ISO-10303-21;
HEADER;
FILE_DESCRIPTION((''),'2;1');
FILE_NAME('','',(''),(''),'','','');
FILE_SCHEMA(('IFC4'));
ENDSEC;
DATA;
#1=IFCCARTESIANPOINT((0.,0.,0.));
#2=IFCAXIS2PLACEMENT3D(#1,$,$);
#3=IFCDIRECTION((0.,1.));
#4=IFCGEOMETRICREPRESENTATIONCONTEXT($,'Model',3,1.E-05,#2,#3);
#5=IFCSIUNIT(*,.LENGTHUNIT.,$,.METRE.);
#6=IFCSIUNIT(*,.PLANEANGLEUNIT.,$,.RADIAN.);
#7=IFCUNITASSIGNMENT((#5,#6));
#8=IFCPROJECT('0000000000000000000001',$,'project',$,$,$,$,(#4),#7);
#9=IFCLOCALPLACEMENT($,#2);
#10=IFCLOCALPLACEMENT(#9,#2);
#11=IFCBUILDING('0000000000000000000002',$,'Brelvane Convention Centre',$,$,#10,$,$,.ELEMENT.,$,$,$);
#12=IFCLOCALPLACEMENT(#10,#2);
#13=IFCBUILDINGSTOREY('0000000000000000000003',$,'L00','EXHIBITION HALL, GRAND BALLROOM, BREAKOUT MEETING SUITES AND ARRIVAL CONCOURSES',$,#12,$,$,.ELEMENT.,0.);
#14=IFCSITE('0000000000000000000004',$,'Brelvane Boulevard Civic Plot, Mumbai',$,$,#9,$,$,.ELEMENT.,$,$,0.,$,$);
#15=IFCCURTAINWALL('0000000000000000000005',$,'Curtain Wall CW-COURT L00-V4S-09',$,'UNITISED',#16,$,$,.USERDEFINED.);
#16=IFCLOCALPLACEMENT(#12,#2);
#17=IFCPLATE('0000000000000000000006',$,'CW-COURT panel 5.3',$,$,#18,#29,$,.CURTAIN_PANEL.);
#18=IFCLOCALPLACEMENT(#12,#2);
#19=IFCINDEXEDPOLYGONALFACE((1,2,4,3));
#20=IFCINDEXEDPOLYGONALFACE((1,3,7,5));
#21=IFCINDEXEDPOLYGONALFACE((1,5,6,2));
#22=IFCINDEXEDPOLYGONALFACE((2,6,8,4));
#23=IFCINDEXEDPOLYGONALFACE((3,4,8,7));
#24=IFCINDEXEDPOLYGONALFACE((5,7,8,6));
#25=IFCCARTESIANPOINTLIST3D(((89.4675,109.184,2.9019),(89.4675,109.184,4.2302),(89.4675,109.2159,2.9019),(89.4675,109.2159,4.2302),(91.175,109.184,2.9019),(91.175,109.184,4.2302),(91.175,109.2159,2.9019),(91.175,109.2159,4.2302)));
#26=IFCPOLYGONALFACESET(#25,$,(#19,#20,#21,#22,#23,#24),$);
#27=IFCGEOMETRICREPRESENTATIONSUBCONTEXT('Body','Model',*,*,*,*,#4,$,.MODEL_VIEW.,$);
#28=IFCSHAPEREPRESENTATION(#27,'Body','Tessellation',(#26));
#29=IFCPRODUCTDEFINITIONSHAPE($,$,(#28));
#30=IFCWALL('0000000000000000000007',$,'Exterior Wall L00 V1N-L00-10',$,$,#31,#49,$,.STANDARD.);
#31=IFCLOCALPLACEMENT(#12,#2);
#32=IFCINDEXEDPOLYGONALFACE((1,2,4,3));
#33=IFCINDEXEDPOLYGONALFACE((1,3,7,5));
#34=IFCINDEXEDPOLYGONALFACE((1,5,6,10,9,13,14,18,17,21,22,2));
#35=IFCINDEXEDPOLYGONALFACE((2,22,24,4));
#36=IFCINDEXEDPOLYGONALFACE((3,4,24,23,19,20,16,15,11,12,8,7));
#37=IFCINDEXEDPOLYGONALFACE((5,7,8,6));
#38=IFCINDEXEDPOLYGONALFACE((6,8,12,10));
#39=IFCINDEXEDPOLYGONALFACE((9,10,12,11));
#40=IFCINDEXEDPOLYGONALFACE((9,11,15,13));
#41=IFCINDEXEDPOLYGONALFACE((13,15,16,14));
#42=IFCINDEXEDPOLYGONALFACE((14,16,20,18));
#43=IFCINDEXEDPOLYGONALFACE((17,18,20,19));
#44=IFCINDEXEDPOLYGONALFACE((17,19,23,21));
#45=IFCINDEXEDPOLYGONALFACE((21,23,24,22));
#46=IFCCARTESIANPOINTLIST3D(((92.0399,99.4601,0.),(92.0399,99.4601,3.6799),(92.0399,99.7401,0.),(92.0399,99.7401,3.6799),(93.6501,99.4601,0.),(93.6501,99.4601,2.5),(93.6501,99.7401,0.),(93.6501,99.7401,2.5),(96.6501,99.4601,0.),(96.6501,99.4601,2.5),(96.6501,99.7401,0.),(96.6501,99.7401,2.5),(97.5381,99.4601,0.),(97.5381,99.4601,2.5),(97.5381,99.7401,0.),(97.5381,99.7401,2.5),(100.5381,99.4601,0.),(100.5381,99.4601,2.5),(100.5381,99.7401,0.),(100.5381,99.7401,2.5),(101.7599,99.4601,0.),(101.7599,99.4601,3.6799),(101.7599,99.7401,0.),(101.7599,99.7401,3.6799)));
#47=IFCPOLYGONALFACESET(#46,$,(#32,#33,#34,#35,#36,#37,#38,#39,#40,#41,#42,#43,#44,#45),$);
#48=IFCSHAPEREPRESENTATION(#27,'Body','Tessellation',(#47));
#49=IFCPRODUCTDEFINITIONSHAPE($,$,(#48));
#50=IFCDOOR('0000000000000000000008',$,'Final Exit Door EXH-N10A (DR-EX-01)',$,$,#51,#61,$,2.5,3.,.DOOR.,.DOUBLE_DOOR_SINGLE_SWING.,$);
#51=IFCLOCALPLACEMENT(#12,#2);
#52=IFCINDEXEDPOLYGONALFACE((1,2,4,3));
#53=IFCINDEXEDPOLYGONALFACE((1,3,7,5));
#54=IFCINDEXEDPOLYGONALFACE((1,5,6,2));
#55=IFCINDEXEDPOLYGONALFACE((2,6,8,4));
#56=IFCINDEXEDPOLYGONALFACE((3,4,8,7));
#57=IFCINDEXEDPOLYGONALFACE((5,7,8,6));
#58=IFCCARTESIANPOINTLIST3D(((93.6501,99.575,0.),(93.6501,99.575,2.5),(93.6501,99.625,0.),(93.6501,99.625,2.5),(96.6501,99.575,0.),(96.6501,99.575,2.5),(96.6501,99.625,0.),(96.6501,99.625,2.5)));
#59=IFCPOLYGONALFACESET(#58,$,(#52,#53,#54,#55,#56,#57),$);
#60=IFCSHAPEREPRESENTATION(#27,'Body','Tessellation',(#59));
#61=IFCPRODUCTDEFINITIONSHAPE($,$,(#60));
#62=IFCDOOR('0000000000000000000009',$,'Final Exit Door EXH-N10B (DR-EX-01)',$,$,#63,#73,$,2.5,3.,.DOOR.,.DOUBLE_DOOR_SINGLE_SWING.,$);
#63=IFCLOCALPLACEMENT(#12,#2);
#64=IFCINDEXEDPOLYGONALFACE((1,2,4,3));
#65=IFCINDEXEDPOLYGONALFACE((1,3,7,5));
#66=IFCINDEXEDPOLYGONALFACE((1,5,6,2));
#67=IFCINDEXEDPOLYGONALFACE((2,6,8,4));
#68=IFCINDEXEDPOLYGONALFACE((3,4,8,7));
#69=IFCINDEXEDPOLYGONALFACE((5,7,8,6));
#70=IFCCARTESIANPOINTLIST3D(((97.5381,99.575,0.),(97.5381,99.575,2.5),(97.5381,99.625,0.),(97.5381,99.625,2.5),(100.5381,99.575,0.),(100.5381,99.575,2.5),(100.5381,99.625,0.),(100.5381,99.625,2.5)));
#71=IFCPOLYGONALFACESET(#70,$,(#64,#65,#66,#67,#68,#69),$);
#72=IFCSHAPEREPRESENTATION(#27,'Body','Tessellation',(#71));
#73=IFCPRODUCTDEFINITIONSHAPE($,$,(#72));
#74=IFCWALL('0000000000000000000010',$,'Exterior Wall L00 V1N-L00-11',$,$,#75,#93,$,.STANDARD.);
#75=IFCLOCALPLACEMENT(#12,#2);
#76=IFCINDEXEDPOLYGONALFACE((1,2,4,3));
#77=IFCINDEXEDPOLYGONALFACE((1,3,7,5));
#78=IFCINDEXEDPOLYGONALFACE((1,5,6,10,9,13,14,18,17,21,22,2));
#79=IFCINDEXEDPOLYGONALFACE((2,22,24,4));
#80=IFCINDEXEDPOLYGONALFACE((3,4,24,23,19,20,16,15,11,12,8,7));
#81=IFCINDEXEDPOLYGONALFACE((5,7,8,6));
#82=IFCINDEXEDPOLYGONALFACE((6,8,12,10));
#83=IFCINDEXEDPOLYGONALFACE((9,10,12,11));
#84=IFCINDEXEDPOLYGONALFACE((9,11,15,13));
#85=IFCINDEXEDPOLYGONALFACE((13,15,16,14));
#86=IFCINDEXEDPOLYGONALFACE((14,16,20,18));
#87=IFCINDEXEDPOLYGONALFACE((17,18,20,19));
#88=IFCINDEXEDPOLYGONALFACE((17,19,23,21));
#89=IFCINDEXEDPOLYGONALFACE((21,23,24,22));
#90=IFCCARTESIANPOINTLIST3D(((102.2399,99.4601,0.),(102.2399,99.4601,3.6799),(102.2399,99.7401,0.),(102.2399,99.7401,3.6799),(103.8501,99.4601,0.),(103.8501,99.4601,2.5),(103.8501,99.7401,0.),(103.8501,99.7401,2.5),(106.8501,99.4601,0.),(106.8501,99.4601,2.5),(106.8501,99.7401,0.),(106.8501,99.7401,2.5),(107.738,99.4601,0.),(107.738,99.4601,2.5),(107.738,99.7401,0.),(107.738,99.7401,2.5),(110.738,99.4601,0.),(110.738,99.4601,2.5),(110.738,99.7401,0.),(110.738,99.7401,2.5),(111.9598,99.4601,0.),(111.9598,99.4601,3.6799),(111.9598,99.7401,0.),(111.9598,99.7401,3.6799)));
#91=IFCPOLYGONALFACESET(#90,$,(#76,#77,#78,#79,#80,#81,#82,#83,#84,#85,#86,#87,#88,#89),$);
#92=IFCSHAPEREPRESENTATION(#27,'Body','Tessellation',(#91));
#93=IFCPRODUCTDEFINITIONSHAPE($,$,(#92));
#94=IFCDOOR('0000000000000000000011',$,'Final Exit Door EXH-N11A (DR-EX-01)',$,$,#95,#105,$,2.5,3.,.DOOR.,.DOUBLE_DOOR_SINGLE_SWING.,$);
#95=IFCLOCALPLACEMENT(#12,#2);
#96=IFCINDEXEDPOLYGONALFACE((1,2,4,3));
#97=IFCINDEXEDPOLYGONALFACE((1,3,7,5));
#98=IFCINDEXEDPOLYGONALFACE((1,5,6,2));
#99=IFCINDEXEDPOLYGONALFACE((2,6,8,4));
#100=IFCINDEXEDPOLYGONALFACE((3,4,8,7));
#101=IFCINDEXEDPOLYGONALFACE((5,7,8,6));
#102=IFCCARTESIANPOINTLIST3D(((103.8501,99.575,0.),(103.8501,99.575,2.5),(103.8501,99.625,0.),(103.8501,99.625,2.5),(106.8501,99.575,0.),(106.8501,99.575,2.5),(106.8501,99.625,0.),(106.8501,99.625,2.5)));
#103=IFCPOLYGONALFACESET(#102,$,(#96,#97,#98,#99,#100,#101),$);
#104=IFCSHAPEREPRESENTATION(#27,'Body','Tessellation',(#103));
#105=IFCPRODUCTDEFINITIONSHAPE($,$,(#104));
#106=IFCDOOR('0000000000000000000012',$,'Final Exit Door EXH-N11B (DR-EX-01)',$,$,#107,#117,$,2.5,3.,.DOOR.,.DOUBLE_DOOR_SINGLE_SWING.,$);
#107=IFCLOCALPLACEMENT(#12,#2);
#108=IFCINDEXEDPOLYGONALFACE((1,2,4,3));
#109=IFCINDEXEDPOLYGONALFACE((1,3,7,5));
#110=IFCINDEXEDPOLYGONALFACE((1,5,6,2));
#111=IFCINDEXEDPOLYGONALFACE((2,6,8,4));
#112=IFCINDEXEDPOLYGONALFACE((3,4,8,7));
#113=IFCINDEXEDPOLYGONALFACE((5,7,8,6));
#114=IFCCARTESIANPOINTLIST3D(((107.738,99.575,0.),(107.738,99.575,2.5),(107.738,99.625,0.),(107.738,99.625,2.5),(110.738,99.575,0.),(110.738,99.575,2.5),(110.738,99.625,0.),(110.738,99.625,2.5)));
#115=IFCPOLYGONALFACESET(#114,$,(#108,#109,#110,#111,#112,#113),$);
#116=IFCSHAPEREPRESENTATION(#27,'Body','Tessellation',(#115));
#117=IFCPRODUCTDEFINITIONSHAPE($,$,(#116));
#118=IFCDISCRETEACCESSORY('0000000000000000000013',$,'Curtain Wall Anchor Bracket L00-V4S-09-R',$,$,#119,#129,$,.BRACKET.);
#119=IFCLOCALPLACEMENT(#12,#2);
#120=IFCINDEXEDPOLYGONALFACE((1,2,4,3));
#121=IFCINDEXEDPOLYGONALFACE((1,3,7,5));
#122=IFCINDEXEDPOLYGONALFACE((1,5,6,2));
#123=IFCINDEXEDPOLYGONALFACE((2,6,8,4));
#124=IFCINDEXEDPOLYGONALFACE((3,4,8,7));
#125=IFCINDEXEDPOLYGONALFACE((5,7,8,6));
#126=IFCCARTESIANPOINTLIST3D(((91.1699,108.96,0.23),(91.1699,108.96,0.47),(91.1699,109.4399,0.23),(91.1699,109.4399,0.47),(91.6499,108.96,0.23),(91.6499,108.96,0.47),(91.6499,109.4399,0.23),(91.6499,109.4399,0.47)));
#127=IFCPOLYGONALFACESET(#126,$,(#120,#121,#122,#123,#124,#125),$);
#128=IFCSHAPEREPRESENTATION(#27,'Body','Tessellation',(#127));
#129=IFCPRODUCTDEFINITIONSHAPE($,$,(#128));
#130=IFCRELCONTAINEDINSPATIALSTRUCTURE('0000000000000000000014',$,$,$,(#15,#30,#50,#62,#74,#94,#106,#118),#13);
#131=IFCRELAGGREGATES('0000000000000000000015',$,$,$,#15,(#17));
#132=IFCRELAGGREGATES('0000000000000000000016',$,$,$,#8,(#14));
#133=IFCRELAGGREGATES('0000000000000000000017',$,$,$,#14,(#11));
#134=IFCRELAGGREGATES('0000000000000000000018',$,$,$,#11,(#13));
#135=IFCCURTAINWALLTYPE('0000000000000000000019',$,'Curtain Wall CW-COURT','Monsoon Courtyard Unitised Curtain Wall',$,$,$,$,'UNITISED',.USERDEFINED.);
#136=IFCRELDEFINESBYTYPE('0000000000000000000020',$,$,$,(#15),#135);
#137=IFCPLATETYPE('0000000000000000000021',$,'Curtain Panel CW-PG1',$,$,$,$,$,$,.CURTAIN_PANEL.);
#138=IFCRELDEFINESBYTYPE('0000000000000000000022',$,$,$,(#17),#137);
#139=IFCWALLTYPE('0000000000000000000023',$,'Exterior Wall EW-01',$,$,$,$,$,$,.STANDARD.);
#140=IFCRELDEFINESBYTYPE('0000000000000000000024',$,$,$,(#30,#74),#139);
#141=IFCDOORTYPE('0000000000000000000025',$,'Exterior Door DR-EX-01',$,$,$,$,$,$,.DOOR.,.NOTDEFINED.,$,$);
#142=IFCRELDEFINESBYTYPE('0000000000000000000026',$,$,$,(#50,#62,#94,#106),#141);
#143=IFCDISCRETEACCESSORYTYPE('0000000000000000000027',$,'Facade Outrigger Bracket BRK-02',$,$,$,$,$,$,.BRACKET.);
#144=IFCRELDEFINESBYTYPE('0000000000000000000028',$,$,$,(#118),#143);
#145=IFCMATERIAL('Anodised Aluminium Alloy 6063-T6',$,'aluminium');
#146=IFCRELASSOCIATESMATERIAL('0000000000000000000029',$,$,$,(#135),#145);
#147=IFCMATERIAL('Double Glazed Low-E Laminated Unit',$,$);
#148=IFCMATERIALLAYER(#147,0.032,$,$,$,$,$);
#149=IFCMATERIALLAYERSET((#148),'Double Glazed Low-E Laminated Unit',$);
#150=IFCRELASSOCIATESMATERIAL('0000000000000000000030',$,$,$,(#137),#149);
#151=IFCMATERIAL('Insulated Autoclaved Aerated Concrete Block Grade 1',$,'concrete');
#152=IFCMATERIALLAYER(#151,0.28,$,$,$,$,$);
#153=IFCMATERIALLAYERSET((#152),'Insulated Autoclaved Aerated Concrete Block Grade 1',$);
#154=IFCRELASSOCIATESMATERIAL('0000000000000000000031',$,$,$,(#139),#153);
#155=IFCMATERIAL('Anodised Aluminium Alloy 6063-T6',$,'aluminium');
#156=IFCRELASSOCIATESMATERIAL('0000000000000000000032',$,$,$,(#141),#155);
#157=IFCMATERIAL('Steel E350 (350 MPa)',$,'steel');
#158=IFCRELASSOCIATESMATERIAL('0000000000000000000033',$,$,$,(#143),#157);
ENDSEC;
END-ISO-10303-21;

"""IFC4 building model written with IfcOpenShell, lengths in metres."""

from ifc_helpers import new_model, si_unit, direction, frame, frame_2d, origin, origin_2d, place, context, subcontext, project, spatial, rectangle, extrude, material, layer, layer_set, type_object, element, fill, aggregate, save


model = new_model("IFC4")

# Units and contexts
model_context = context("Model", 3, precision=1e-05, world=origin(), true_north=direction((0.0, 1.0)))
body_context = subcontext(model_context, "Body", "Model", "MODEL_VIEW")
ifc_project = project(units=[si_unit("LENGTHUNIT", "METRE"), si_unit("PLANEANGLEUNIT", "RADIAN")], contexts=[model_context])

# Site, building, storey
site_placement = place(None, origin())
site = spatial("IfcSite", under=ifc_project, at=site_placement, Name="Brelvane Boulevard Civic Plot, Mumbai", CompositionType="ELEMENT", RefElevation=0.0)
building_placement = place(site_placement, origin())
building = spatial("IfcBuilding", under=site, at=building_placement, Name="Brelvane Convention Centre", CompositionType="ELEMENT")
storey_placement = place(building_placement, origin())
storey = spatial("IfcBuildingStorey", under=building, at=storey_placement, Name="L00", Description="EXHIBITION HALL, GRAND BALLROOM, BREAKOUT MEETING SUITES AND ARRIVAL CONCOURSES", CompositionType="ELEMENT", Elevation=0.0)

# Curtain wall
ifc_material_1 = material(Name="Anodised Aluminium Alloy 6063-T6", Category="aluminium")
curtain_wall_type = type_object("IfcCurtainWallType", Name="Curtain Wall CW-COURT", Description="Monsoon Courtyard Unitised Curtain Wall", ElementType="UNITISED", PredefinedType="USERDEFINED", material=ifc_material_1)
curtain_wall_placement = place(storey_placement, origin())
curtain_wall = element("IfcCurtainWall", 1, at=curtain_wall_placement, inside=storey, type_object=curtain_wall_type, Name="Curtain Wall CW-COURT L00-V4S-09", ObjectType="UNITISED", PredefinedType="USERDEFINED")

# Plate
ifc_material_2 = material(Name="Double Glazed Low-E Laminated Unit")
ifc_layer_1 = layer(ifc_material_2, 0.032)
ifc_layer_set_1 = layer_set([ifc_layer_1], Name="Double Glazed Low-E Laminated Unit")
plate_type = type_object("IfcPlateType", Name="Curtain Panel CW-PG1", PredefinedType="CURTAIN_PANEL", material=ifc_layer_set_1)
plate_1_placement = place(storey_placement, frame((90.3213, 109.2, 2.9019), z_axis=(0.0, 0.0, 1.0), x_axis=(1.0, 0.0, 0.0)))
plate_1 = element("IfcPlate", 2, at=plate_1_placement, type_object=plate_type, Name="CW-COURT panel 5.3", PredefinedType="CURTAIN_PANEL", context=body_context, shape_type="SweptSolid", body=[
    extrude(rectangle(XDim=1.7075, YDim=0.032, at=origin_2d()), origin(), (0.0, 0.0, 1.0), 1.3284),
])
aggregate(curtain_wall, [plate_1])

# Walls, openings, doors
ifc_material_3 = material(Name="Insulated Autoclaved Aerated Concrete Block Grade 1", Category="concrete")
ifc_layer_2 = layer(ifc_material_3, 0.28)
ifc_layer_set_2 = layer_set([ifc_layer_2], Name="Insulated Autoclaved Aerated Concrete Block Grade 1")
wall_type_1 = type_object("IfcWallType", Name="Exterior Wall EW-01", PredefinedType="STANDARD", material=ifc_layer_set_2)
wall_1_placement = place(storey_placement, frame((92.04, 99.6001, 0.0), z_axis=(0.0, 0.0, 1.0), x_axis=(1.0, 0.0, 0.0)))
wall_1 = element("IfcWall", 3, at=wall_1_placement, inside=storey, type_object=wall_type_1, Name="Exterior Wall L00 V1N-L00-10", PredefinedType="STANDARD", context=body_context, shape_type="SweptSolid", body=[
    extrude(rectangle(XDim=9.72, YDim=0.28, at=frame_2d((4.8599, 0.0))), origin(), (0.0, 0.0, 1.0), 3.6799),
])
opening_1_placement = place(wall_1_placement, frame((1.6101, 0.0, 0.0)))
opening_1 = element("IfcOpeningElement", 4, at=opening_1_placement, cuts=wall_1, PredefinedType="OPENING", context=body_context, shape_type="SweptSolid", body=[
    extrude(rectangle(XDim=3.0, YDim=2.5, at=frame_2d((1.5, 1.25))), frame((0.0, 0.1499, 0.0), z_axis=(0.0, -1.0, 0.0), x_axis=(1.0, 0.0, 0.0)), (0.0, 0.0, 1.0), 0.3),
])
opening_2_placement = place(wall_1_placement, frame((5.498, 0.0, 0.0)))
opening_2 = element("IfcOpeningElement", 5, at=opening_2_placement, cuts=wall_1, PredefinedType="OPENING", context=body_context, shape_type="SweptSolid", body=[
    extrude(rectangle(XDim=3.0, YDim=2.5, at=frame_2d((1.5, 1.25))), frame((0.0, 0.1499, 0.0), z_axis=(0.0, -1.0, 0.0), x_axis=(1.0, 0.0, 0.0)), (0.0, 0.0, 1.0), 0.3),
])
ifc_material_4 = material(Name="Anodised Aluminium Alloy 6063-T6", Category="aluminium")
door_type_1 = type_object("IfcDoorType", Name="Exterior Door DR-EX-01", OperationType="NOTDEFINED", PredefinedType="DOOR", material=ifc_material_4)
door_1_placement = place(opening_1_placement, origin())
door_1 = element("IfcDoor", 6, at=door_1_placement, inside=storey, type_object=door_type_1, Name="Final Exit Door EXH-N10A (DR-EX-01)", OperationType="DOUBLE_DOOR_SINGLE_SWING", OverallHeight=2.5, OverallWidth=3.0, PredefinedType="DOOR", context=body_context, shape_type="SweptSolid", body=[
    extrude(rectangle(XDim=3.0, YDim=2.5, at=frame_2d((1.5, 1.25))), frame((0.0, 0.0249, 0.0), z_axis=(0.0, -1.0, 0.0), x_axis=(1.0, 0.0, 0.0)), (0.0, 0.0, 1.0), 0.05),
])
fill(opening_1, door_1)
door_2_placement = place(opening_2_placement, origin())
door_2 = element("IfcDoor", 7, at=door_2_placement, inside=storey, type_object=door_type_1, Name="Final Exit Door EXH-N10B (DR-EX-01)", OperationType="DOUBLE_DOOR_SINGLE_SWING", OverallHeight=2.5, OverallWidth=3.0, PredefinedType="DOOR", context=body_context, shape_type="SweptSolid", body=[
    extrude(rectangle(XDim=3.0, YDim=2.5, at=frame_2d((1.5, 1.25))), frame((0.0, 0.0249, 0.0), z_axis=(0.0, -1.0, 0.0), x_axis=(1.0, 0.0, 0.0)), (0.0, 0.0, 1.0), 0.05),
])
fill(opening_2, door_2)
wall_2_placement = place(storey_placement, frame((102.24, 99.6001, 0.0), z_axis=(0.0, 0.0, 1.0), x_axis=(1.0, 0.0, 0.0)))
wall_2 = element("IfcWall", 8, at=wall_2_placement, inside=storey, type_object=wall_type_1, Name="Exterior Wall L00 V1N-L00-11", PredefinedType="STANDARD", context=body_context, shape_type="SweptSolid", body=[
    extrude(rectangle(XDim=9.72, YDim=0.28, at=frame_2d((4.8599, 0.0))), origin(), (0.0, 0.0, 1.0), 3.6799),
])
opening_3_placement = place(wall_2_placement, frame((1.6101, 0.0, 0.0)))
opening_3 = element("IfcOpeningElement", 9, at=opening_3_placement, cuts=wall_2, PredefinedType="OPENING", context=body_context, shape_type="SweptSolid", body=[
    extrude(rectangle(XDim=3.0, YDim=2.5, at=frame_2d((1.5, 1.25))), frame((0.0, 0.1499, 0.0), z_axis=(0.0, -1.0, 0.0), x_axis=(1.0, 0.0, 0.0)), (0.0, 0.0, 1.0), 0.3),
])
opening_4_placement = place(wall_2_placement, frame((5.498, 0.0, 0.0)))
opening_4 = element("IfcOpeningElement", 10, at=opening_4_placement, cuts=wall_2, PredefinedType="OPENING", context=body_context, shape_type="SweptSolid", body=[
    extrude(rectangle(XDim=3.0, YDim=2.5, at=frame_2d((1.5, 1.25))), frame((0.0, 0.1499, 0.0), z_axis=(0.0, -1.0, 0.0), x_axis=(1.0, 0.0, 0.0)), (0.0, 0.0, 1.0), 0.3),
])
door_3_placement = place(opening_3_placement, origin())
door_3 = element("IfcDoor", 11, at=door_3_placement, inside=storey, type_object=door_type_1, Name="Final Exit Door EXH-N11A (DR-EX-01)", OperationType="DOUBLE_DOOR_SINGLE_SWING", OverallHeight=2.5, OverallWidth=3.0, PredefinedType="DOOR", context=body_context, shape_type="SweptSolid", body=[
    extrude(rectangle(XDim=3.0, YDim=2.5, at=frame_2d((1.5, 1.25))), frame((0.0, 0.0249, 0.0), z_axis=(0.0, -1.0, 0.0), x_axis=(1.0, 0.0, 0.0)), (0.0, 0.0, 1.0), 0.05),
])
fill(opening_3, door_3)
door_4_placement = place(opening_4_placement, origin())
door_4 = element("IfcDoor", 12, at=door_4_placement, inside=storey, type_object=door_type_1, Name="Final Exit Door EXH-N11B (DR-EX-01)", OperationType="DOUBLE_DOOR_SINGLE_SWING", OverallHeight=2.5, OverallWidth=3.0, PredefinedType="DOOR", context=body_context, shape_type="SweptSolid", body=[
    extrude(rectangle(XDim=3.0, YDim=2.5, at=frame_2d((1.5, 1.25))), frame((0.0, 0.0249, 0.0), z_axis=(0.0, -1.0, 0.0), x_axis=(1.0, 0.0, 0.0)), (0.0, 0.0, 1.0), 0.05),
])
fill(opening_4, door_4)

# Discrete accessory
ifc_material_5 = material(Name="Steel E350 (350 MPa)", Category="steel")
discrete_accessory_type = type_object("IfcDiscreteAccessoryType", Name="Facade Outrigger Bracket BRK-02", PredefinedType="BRACKET", material=ifc_material_5)
discrete_accessory_placement = place(storey_placement, frame((91.4099, 109.2, 0.23), z_axis=(0.0, 0.0, 1.0), x_axis=(1.0, 0.0, 0.0)))
element("IfcDiscreteAccessory", 13, at=discrete_accessory_placement, inside=storey, type_object=discrete_accessory_type, Name="Curtain Wall Anchor Bracket L00-V4S-09-R", PredefinedType="BRACKET", context=body_context, shape_type="SweptSolid", body=[
    extrude(rectangle(XDim=0.48, YDim=0.48, at=origin_2d()), origin(), (0.0, 0.0, 1.0), 0.24),
])

save(model, "model.ifc")
